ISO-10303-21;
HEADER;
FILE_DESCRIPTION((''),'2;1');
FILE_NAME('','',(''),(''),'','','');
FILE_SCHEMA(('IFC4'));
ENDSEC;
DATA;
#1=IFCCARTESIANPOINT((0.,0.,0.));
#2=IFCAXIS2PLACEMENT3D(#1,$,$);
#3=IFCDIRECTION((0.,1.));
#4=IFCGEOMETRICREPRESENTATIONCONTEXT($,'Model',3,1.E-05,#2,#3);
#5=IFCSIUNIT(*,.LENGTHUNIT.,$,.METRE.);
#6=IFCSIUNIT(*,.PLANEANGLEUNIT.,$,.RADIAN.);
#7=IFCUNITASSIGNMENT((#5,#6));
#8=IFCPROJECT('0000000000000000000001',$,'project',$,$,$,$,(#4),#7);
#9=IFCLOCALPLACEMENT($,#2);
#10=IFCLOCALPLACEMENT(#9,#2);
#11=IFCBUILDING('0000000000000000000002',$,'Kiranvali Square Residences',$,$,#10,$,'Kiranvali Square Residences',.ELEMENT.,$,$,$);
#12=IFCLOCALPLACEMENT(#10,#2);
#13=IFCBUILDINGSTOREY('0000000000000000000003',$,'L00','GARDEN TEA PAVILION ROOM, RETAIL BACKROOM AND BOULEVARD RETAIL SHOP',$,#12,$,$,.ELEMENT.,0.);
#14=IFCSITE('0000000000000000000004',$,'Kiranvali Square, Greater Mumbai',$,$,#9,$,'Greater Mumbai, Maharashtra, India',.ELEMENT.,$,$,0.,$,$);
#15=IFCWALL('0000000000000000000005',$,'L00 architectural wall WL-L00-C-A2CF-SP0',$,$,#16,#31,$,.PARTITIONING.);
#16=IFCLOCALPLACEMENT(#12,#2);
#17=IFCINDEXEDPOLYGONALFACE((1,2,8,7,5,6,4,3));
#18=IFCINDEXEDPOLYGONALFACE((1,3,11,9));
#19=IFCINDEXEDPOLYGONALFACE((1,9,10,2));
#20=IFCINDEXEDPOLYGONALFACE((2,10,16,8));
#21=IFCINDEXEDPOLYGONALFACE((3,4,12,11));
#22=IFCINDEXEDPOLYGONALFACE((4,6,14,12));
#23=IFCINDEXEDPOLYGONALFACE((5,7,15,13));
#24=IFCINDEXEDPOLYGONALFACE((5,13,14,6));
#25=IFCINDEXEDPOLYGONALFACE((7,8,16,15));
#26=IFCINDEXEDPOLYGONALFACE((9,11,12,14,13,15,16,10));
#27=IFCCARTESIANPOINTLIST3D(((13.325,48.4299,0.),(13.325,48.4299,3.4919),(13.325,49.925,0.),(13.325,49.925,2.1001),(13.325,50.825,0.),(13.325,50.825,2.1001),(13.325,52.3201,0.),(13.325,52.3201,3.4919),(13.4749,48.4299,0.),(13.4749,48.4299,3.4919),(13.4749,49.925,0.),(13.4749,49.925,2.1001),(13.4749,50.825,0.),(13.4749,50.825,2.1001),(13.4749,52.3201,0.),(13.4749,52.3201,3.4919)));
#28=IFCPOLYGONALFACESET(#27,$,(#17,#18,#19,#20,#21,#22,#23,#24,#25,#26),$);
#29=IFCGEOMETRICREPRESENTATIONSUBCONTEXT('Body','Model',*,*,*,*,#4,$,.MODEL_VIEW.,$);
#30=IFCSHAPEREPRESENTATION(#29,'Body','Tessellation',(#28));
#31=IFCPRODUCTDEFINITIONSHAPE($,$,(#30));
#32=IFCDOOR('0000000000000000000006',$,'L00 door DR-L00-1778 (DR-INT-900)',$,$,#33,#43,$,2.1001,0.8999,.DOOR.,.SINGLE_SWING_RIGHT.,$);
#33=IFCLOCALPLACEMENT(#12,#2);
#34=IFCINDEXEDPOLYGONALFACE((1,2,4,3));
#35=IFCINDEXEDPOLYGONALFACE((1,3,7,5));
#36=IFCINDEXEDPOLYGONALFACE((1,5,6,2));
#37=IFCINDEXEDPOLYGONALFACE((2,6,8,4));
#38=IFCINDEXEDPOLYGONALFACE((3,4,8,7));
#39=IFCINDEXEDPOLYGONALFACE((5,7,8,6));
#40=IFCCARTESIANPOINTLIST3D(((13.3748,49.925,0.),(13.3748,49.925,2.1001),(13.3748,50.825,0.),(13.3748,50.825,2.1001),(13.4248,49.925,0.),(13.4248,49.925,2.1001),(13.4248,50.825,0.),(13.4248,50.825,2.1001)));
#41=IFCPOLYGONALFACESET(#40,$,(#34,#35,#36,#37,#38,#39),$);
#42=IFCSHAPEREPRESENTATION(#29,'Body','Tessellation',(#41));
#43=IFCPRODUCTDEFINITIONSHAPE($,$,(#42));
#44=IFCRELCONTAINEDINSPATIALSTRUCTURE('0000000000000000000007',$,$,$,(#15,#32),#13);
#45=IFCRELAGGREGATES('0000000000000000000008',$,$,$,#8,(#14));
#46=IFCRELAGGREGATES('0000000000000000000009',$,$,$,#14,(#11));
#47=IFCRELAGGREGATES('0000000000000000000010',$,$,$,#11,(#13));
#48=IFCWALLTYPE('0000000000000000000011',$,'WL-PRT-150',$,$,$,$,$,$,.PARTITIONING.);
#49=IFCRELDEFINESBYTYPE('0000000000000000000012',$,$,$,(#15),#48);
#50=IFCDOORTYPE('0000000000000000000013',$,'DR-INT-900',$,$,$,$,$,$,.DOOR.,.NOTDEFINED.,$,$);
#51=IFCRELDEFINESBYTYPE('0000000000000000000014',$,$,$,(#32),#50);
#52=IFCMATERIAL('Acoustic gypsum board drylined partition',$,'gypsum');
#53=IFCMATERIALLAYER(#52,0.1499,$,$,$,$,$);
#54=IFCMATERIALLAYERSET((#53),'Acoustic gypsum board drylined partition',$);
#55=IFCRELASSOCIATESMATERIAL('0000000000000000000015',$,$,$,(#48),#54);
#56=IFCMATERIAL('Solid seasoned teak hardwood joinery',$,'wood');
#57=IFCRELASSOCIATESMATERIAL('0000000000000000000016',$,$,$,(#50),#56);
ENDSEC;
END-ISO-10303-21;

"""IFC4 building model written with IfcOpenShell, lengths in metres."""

from ifc_helpers import new_model, si_unit, direction, frame, frame_2d, origin, place, context, subcontext, project, spatial, rectangle, extrude, material, layer, layer_set, type_object, element, fill, save


model = new_model("IFC4")

# Units and contexts
model_context = context("Model", 3, precision=1e-05, world=origin(), true_north=direction((0.0, 1.0)))
body_context = subcontext(model_context, "Body", "Model", "MODEL_VIEW")
ifc_project = project(units=[si_unit("LENGTHUNIT", "METRE"), si_unit("PLANEANGLEUNIT", "RADIAN")], contexts=[model_context])

# Site, building, storey
site_placement = place(None, origin())
site = spatial("IfcSite", under=ifc_project, at=site_placement, Name="Kiranvali Square, Greater Mumbai", LongName="Greater Mumbai, Maharashtra, India", CompositionType="ELEMENT", RefElevation=0.0)
building_placement = place(site_placement, origin())
building = spatial("IfcBuilding", under=site, at=building_placement, Name="Kiranvali Square Residences", LongName="Kiranvali Square Residences", CompositionType="ELEMENT")
storey_placement = place(building_placement, origin())
storey = spatial("IfcBuildingStorey", under=building, at=storey_placement, Name="L00", Description="GARDEN TEA PAVILION ROOM, RETAIL BACKROOM AND BOULEVARD RETAIL SHOP", CompositionType="ELEMENT", Elevation=0.0)

# Wall, opening, door
ifc_material_1 = material(Name="Acoustic gypsum board drylined partition", Category="gypsum")
ifc_layer = layer(ifc_material_1, 0.1499)
ifc_layer_set = layer_set([ifc_layer], Name="Acoustic gypsum board drylined partition")
wall_type = type_object("IfcWallType", Name="WL-PRT-150", PredefinedType="PARTITIONING", material=ifc_layer_set)
wall_placement = place(storey_placement, frame((13.3999, 48.4299, 0.0), z_axis=(0.0, 0.0, 1.0), x_axis=(0.0, 1.0, 0.0)))
wall = element("IfcWall", 1, at=wall_placement, inside=storey, type_object=wall_type, Name="L00 architectural wall WL-L00-C-A2CF-SP0", PredefinedType="PARTITIONING", context=body_context, shape_type="SweptSolid", body=[
    extrude(rectangle(XDim=3.8901, YDim=0.1499, at=frame_2d((1.9451, 0.0))), origin(), (0.0, 0.0, 1.0), 3.4919),
])
opening_placement = place(wall_placement, frame((1.4951, 0.0, 0.0)))
opening = element("IfcOpeningElement", 2, at=opening_placement, cuts=wall, PredefinedType="OPENING", context=body_context, shape_type="SweptSolid", body=[
    extrude(rectangle(XDim=0.8999, YDim=2.1001, at=frame_2d((0.45, 1.05))), frame((0.0, 0.085, 0.0), z_axis=(0.0, -1.0, 0.0), x_axis=(1.0, 0.0, 0.0)), (0.0, 0.0, 1.0), 0.1699),
])
ifc_material_2 = material(Name="Solid seasoned teak hardwood joinery", Category="wood")
door_type = type_object("IfcDoorType", Name="DR-INT-900", OperationType="NOTDEFINED", PredefinedType="DOOR", material=ifc_material_2)
door_placement = place(opening_placement, frame((0.8999, 0.0, 0.0), z_axis=(0.0, 0.0, 1.0), x_axis=(-1.0, 0.0, 0.0)))
door = element("IfcDoor", 3, at=door_placement, inside=storey, type_object=door_type, Name="L00 door DR-L00-1778 (DR-INT-900)", OperationType="SINGLE_SWING_RIGHT", OverallHeight=2.1001, OverallWidth=0.8999, PredefinedType="DOOR", context=body_context, shape_type="SweptSolid", body=[
    extrude(rectangle(XDim=0.8999, YDim=2.1001, at=frame_2d((0.45, 1.05))), frame((0.0, 0.0249, 0.0), z_axis=(0.0, -1.0, 0.0), x_axis=(1.0, 0.0, 0.0)), (0.0, 0.0, 1.0), 0.05),
])
fill(opening, door)

save(model, "model.ifc")
